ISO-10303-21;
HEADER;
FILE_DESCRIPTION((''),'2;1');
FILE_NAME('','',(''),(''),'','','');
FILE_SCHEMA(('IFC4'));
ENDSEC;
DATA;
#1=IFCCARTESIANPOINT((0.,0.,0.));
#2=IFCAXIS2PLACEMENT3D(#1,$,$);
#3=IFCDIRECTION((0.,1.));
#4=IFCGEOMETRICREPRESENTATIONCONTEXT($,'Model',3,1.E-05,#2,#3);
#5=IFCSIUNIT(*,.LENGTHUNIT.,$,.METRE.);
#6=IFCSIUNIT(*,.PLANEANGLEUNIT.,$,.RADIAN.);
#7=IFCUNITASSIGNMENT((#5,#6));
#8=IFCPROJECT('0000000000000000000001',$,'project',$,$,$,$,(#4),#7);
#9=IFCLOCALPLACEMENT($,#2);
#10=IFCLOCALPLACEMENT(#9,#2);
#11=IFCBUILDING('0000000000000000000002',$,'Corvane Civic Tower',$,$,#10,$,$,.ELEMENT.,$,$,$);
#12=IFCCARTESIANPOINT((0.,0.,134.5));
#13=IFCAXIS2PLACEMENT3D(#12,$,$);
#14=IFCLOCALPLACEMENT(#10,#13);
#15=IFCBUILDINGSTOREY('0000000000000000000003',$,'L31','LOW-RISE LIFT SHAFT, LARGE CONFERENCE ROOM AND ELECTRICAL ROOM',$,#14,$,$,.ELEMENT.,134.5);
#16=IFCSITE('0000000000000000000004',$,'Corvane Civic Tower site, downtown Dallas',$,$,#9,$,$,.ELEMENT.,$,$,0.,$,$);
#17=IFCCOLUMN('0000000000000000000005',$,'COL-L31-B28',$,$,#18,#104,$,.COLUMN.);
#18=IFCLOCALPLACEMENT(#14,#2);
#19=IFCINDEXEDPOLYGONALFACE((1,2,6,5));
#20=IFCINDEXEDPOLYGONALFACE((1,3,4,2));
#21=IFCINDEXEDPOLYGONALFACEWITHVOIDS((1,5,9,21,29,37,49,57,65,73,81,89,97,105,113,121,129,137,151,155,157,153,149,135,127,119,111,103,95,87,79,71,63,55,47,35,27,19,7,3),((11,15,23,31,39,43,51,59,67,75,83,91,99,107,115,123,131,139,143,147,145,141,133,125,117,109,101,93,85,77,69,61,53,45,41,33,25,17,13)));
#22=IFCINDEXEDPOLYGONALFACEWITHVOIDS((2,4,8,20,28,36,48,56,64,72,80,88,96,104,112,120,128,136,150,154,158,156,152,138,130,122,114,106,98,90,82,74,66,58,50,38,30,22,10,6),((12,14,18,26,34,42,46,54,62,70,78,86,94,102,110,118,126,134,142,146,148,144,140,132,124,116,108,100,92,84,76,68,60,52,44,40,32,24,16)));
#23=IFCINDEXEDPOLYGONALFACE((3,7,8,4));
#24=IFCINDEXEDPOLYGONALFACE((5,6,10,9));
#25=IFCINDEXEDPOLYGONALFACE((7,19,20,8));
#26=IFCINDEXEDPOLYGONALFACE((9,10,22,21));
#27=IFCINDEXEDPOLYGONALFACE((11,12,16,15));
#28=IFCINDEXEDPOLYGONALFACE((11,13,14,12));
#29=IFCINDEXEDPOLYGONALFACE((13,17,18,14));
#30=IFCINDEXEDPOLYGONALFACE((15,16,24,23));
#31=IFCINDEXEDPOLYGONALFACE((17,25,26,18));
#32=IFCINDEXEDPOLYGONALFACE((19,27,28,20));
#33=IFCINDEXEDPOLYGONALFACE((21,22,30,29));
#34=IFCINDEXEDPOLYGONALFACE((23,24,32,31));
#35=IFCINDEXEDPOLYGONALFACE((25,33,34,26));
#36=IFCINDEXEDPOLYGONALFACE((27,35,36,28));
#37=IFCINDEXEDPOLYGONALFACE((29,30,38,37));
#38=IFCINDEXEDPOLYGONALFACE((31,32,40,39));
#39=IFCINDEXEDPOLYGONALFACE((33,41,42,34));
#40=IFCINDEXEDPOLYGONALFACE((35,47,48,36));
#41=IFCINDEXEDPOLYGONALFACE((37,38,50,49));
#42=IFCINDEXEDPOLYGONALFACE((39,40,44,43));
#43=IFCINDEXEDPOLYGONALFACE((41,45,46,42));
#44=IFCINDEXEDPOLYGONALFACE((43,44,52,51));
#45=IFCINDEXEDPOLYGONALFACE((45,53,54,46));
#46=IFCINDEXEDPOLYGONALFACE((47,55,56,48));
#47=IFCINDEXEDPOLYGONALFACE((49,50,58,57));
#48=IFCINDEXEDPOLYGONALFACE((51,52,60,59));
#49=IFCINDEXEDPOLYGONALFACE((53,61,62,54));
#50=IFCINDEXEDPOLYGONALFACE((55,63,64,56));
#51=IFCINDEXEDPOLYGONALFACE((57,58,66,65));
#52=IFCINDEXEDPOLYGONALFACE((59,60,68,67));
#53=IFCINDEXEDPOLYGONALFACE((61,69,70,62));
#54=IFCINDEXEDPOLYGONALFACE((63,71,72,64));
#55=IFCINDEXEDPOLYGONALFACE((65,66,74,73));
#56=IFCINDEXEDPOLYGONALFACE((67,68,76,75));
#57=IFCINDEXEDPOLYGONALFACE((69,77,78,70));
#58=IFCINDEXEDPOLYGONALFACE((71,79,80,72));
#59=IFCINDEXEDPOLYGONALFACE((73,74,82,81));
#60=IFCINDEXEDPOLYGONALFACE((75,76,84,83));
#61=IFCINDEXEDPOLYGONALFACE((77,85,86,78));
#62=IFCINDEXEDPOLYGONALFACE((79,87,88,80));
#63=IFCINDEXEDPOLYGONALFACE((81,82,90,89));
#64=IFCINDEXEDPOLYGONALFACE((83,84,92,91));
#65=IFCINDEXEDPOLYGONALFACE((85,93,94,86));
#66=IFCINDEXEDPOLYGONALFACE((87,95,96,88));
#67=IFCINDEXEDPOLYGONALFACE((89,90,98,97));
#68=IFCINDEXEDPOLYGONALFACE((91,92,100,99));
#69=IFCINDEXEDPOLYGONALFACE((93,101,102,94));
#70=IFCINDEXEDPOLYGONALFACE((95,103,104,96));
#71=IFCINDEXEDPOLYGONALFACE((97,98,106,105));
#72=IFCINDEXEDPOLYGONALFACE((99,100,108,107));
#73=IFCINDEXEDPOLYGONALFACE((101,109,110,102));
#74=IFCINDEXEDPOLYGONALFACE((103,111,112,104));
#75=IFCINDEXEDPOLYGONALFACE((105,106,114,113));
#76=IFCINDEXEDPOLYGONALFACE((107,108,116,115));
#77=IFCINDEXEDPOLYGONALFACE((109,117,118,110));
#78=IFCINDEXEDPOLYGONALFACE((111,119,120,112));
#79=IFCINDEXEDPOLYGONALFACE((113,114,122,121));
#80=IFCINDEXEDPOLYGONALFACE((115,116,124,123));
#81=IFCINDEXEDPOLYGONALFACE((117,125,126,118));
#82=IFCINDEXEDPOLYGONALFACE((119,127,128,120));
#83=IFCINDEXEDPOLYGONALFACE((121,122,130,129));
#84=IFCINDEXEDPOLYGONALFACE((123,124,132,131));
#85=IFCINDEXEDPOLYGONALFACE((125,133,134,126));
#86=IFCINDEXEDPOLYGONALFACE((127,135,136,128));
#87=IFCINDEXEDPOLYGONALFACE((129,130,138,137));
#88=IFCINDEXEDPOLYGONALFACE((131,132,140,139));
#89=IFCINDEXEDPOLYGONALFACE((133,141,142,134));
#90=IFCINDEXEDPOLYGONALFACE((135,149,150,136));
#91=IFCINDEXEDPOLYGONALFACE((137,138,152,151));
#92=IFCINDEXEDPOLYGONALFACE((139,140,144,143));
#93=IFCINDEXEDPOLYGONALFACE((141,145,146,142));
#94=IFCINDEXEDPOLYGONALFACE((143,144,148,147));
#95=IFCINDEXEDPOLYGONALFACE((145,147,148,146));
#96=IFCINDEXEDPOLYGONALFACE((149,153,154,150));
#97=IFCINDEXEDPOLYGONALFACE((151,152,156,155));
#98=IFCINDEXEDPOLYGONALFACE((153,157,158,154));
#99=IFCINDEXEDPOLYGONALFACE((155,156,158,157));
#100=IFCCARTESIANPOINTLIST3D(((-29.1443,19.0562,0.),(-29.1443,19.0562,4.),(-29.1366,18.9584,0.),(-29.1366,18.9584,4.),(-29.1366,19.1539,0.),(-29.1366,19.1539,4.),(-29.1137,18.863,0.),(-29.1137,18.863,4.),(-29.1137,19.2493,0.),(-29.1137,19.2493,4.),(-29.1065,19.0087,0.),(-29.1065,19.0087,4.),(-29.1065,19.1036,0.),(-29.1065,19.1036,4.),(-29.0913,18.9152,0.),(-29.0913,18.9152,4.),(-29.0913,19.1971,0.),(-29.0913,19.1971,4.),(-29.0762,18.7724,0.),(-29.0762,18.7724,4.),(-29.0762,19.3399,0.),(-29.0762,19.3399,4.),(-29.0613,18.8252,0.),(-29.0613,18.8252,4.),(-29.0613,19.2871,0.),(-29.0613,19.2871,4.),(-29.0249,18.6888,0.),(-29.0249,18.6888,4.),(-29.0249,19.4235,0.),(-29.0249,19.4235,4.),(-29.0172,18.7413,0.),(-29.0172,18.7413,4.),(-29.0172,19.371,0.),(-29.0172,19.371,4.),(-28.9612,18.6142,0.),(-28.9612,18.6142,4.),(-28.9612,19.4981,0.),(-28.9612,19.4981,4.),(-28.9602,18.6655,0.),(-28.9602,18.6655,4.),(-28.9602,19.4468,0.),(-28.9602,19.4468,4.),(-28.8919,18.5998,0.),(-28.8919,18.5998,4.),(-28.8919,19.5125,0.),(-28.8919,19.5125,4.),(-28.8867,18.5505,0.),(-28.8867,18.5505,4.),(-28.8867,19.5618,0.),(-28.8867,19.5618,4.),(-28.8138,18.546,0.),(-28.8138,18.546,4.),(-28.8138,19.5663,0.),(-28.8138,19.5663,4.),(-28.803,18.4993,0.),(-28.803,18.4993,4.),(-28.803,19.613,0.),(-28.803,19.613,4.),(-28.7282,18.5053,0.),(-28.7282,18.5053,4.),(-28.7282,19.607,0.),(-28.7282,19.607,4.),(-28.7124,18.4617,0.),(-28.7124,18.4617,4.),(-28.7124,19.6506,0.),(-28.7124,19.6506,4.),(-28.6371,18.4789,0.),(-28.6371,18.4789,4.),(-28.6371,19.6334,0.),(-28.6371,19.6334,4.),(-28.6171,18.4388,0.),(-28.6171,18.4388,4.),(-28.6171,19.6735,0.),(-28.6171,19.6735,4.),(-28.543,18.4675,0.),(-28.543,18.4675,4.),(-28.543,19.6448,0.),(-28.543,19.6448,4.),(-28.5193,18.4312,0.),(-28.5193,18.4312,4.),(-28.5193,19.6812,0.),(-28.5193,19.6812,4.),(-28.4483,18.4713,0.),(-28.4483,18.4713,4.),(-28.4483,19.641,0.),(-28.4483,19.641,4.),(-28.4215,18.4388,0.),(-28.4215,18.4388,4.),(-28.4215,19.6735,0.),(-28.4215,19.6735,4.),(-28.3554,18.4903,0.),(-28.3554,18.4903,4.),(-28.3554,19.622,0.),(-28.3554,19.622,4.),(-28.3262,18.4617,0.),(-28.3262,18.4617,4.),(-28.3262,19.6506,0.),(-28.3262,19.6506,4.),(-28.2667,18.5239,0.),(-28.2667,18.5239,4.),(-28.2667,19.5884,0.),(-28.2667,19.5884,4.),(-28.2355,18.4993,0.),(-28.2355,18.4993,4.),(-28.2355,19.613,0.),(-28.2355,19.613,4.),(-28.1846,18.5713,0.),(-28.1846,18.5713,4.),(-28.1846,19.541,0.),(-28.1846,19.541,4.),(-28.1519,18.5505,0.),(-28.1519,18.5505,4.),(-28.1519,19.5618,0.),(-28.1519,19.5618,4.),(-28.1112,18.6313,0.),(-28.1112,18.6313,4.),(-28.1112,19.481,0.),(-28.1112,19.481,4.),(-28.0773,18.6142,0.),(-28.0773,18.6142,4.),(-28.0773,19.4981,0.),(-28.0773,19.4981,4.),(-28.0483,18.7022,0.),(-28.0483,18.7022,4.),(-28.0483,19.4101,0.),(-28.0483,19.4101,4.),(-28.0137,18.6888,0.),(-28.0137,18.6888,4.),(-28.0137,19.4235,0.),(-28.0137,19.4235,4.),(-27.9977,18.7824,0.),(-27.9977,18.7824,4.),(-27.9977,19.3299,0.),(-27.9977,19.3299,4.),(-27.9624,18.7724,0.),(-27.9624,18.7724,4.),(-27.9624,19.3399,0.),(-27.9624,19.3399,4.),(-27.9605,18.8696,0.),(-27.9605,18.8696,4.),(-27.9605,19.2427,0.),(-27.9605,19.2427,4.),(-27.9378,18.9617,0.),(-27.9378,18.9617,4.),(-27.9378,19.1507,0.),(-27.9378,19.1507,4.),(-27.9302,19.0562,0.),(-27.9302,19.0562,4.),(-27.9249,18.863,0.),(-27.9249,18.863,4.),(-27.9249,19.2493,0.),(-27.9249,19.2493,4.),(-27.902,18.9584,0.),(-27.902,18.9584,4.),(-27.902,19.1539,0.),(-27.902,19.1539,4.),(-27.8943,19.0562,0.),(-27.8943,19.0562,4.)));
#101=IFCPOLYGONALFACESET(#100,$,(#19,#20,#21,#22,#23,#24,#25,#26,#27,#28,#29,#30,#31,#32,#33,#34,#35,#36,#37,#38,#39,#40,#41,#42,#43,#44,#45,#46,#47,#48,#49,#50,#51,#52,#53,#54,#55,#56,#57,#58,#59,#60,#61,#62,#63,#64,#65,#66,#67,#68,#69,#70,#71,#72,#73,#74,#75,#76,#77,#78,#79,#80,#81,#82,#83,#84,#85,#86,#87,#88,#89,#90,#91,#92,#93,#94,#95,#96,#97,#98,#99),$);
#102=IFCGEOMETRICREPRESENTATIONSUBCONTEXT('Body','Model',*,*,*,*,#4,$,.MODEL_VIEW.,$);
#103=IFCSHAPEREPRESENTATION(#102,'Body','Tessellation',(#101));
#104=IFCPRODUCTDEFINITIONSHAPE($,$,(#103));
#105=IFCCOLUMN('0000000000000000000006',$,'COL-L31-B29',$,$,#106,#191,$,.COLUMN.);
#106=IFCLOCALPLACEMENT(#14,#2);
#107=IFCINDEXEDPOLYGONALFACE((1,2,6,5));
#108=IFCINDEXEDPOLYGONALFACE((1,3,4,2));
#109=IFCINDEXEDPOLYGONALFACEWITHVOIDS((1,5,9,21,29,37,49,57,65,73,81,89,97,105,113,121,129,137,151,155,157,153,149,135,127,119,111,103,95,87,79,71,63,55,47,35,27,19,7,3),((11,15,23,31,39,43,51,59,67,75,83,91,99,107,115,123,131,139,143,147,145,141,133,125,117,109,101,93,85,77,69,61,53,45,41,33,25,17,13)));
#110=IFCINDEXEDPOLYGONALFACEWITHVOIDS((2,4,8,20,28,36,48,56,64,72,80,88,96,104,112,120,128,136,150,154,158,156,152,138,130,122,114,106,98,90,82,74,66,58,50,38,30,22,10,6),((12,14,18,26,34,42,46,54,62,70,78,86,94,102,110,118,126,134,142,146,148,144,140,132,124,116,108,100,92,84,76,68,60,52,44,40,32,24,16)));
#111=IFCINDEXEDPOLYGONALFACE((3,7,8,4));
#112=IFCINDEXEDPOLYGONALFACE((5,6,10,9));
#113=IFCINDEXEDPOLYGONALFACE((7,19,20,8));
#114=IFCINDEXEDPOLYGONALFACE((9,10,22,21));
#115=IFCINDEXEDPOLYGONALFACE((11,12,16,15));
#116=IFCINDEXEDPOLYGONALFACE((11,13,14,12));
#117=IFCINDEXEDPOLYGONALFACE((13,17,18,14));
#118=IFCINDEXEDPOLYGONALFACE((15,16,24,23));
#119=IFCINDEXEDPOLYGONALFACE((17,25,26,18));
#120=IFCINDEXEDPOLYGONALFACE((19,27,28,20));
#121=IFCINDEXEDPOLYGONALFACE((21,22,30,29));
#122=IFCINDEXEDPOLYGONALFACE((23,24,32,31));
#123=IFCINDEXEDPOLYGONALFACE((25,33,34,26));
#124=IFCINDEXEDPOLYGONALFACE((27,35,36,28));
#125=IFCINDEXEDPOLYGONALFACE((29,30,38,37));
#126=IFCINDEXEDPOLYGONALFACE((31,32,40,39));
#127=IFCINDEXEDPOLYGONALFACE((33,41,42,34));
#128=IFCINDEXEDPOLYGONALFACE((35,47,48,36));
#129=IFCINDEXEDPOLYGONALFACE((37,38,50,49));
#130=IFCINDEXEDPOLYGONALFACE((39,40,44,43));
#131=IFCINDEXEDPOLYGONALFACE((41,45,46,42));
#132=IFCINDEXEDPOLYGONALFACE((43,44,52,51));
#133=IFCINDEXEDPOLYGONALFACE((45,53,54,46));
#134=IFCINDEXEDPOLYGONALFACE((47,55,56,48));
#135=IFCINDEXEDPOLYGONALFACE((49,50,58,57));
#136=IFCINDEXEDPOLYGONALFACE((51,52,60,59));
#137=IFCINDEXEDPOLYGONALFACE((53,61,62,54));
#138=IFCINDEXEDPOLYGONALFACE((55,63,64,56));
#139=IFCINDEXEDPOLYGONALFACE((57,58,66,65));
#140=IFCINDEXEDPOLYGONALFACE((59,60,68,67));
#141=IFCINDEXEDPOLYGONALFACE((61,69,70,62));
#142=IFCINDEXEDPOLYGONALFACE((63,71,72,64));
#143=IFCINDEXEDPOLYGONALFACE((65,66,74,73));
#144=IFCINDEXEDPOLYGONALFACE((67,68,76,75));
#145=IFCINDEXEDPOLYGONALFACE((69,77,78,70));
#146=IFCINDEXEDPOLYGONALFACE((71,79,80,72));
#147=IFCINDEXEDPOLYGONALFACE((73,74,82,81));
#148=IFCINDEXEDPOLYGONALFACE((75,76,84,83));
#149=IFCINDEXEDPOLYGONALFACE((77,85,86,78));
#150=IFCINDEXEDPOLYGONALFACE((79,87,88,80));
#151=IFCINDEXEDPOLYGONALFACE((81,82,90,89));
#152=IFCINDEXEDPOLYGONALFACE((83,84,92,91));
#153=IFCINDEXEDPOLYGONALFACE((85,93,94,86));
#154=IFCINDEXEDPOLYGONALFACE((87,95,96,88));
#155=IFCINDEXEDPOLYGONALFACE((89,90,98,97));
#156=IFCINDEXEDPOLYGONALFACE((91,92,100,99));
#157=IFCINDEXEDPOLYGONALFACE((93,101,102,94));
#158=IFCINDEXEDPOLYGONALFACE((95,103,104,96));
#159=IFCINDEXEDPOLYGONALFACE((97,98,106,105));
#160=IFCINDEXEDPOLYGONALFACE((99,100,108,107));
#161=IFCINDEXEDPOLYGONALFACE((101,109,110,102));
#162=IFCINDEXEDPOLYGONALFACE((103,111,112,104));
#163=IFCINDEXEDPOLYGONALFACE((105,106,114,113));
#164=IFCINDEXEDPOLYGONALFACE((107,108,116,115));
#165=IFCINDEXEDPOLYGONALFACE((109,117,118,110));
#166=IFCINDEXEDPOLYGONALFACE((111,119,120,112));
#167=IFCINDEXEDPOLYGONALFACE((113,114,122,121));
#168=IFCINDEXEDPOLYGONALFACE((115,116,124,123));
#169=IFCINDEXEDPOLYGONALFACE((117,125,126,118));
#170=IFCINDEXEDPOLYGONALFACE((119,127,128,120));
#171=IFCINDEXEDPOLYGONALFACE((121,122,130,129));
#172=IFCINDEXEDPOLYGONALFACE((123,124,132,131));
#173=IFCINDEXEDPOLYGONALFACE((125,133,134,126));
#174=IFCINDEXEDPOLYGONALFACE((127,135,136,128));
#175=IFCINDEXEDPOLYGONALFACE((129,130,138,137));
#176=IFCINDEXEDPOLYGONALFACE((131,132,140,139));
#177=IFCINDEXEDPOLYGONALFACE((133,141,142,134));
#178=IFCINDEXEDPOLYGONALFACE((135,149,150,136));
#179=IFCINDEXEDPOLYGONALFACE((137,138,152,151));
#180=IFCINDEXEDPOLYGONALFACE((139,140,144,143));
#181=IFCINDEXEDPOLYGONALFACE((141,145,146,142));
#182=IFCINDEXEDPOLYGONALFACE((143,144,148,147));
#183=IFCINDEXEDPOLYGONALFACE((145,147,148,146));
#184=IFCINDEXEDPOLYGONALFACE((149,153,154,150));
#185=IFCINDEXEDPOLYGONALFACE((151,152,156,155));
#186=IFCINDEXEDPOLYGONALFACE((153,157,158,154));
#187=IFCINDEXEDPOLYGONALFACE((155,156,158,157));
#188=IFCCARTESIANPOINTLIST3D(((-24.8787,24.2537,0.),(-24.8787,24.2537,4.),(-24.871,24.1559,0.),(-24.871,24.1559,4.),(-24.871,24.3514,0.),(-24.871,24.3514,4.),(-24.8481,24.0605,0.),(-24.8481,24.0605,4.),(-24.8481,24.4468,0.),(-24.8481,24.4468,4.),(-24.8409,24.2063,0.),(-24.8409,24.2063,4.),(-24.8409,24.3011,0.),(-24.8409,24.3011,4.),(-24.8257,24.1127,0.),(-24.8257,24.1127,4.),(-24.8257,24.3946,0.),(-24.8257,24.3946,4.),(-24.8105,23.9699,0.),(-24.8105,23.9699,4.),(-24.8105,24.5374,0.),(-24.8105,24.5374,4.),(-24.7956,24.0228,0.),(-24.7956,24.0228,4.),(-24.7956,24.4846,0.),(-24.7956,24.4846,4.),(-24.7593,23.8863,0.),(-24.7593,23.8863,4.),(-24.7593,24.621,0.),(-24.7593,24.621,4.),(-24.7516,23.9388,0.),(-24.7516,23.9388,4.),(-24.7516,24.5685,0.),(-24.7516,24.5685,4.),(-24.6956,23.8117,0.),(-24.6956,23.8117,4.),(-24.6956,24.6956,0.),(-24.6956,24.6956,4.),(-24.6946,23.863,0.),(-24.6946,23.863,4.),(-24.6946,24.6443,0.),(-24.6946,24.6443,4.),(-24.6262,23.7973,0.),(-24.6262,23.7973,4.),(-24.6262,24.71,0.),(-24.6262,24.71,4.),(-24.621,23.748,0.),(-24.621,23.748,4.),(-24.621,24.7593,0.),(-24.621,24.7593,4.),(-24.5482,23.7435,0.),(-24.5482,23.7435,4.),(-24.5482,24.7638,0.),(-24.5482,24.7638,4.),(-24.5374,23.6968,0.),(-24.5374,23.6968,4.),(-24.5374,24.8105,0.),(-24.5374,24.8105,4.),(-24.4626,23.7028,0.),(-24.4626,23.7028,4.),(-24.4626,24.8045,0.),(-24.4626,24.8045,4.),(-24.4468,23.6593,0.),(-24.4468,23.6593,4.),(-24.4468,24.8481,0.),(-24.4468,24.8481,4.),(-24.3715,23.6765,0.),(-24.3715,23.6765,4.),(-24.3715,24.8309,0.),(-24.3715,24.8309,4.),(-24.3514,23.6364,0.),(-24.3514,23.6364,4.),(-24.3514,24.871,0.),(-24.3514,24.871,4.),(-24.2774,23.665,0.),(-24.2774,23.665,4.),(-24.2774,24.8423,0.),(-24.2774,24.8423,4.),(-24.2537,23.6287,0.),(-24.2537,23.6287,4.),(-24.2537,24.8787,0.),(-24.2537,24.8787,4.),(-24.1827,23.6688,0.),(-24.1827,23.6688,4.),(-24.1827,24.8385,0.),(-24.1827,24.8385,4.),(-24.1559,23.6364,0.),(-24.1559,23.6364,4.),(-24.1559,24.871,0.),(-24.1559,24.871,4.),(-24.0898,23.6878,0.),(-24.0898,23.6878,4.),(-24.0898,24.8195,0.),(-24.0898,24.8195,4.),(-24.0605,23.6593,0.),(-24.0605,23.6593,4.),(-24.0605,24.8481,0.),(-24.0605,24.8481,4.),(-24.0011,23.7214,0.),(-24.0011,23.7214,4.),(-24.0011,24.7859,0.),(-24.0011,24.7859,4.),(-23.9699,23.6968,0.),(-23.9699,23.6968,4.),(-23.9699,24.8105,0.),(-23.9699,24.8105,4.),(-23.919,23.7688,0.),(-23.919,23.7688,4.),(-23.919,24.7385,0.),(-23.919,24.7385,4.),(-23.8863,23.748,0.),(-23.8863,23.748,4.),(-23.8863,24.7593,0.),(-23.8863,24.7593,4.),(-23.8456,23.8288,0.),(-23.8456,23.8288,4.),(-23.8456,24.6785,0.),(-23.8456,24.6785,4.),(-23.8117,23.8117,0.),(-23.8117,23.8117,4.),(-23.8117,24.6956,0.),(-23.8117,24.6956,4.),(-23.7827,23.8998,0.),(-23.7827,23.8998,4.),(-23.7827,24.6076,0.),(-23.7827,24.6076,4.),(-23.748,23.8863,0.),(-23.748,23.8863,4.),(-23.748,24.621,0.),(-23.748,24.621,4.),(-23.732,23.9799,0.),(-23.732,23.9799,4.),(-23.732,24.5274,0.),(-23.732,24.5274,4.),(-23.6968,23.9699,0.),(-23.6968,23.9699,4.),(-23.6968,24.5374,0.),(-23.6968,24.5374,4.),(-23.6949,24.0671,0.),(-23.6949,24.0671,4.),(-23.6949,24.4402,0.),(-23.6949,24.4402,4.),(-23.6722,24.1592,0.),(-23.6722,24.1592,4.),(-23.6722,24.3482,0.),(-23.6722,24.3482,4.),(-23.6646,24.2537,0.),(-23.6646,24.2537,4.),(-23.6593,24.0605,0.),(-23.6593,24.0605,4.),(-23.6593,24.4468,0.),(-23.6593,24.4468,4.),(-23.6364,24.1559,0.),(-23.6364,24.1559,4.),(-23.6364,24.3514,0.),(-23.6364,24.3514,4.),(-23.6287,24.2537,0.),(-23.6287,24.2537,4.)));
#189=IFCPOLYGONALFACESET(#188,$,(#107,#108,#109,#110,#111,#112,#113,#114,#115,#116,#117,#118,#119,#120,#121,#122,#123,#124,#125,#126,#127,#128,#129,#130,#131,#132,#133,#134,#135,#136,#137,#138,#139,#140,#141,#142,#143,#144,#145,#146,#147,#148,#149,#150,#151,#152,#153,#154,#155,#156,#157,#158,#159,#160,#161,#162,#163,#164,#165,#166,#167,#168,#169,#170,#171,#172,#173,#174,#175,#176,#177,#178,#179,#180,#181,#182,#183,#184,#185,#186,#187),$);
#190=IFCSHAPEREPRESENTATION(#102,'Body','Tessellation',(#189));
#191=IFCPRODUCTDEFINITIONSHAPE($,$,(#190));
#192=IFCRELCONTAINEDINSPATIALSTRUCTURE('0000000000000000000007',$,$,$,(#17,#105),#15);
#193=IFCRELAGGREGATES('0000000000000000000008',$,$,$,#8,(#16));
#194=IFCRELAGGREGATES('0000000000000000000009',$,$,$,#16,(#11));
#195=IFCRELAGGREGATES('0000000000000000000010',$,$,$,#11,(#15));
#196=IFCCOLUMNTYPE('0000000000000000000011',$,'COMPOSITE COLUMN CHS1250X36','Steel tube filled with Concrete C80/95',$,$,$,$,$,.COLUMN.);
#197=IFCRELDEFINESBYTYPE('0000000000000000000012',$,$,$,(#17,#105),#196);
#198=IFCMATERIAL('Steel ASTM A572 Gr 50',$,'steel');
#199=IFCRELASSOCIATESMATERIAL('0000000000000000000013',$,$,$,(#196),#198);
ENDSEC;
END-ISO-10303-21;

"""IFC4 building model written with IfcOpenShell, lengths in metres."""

from ifc_helpers import new_model, si_unit, direction, frame, origin, origin_2d, place, context, subcontext, project, spatial, hollow_circle, extrude, material, material_profile, profile_set, type_object, element, save


model = new_model("IFC4")

# Units and contexts
model_context = context("Model", 3, precision=1e-05, world=origin(), true_north=direction((0.0, 1.0)))
body_context = subcontext(model_context, "Body", "Model", "MODEL_VIEW")
ifc_project = project(units=[si_unit("LENGTHUNIT", "METRE"), si_unit("PLANEANGLEUNIT", "RADIAN")], contexts=[model_context])

# Site, building, storey
site_placement = place(None, origin())
site = spatial("IfcSite", under=ifc_project, at=site_placement, Name="Corvane Civic Tower site, downtown Dallas", CompositionType="ELEMENT", RefElevation=0.0)
building_placement = place(site_placement, origin())
building = spatial("IfcBuilding", under=site, at=building_placement, Name="Corvane Civic Tower", CompositionType="ELEMENT")
storey_placement = place(building_placement, frame((0.0, 0.0, 134.5)))
storey = spatial("IfcBuildingStorey", under=building, at=storey_placement, Name="L31", Description="LOW-RISE LIFT SHAFT, LARGE CONFERENCE ROOM AND ELECTRICAL ROOM", CompositionType="ELEMENT", Elevation=134.5)

# Columns
ifc_material_1 = material(Name="Steel ASTM A572 Gr 50", Category="steel")
ifc_material_profile_1 = material_profile(ifc_material_1, hollow_circle(Radius=0.625, WallThickness=0.0359, at=origin_2d()), Name="CHS1250X36")
ifc_profile_set_1 = profile_set([ifc_material_profile_1], Name="Steel ASTM A572 Gr 50")
column_type = type_object("IfcColumnType", Name="COMPOSITE COLUMN CHS1250X36", Description="Steel tube filled with Concrete C80/95", PredefinedType="COLUMN", material=ifc_profile_set_1)
for number, where, z_axis, x_axis, name in (
    (1, (-28.5193, 19.0562, 0.0), (0.0, 0.0, 1.0), (1.0, 0.0, 0.0), "COL-L31-B28"),
    (2, (-24.2537, 24.2537, 0.0), (0.0, 0.0, 1.0), (1.0, 0.0, 0.0), "COL-L31-B29"),
):
    element("IfcColumn", number, at=place(storey_placement, frame(where, z_axis=z_axis, x_axis=x_axis)), inside=storey, type_object=column_type, Name=name, PredefinedType="COLUMN", context=body_context, shape_type="SweptSolid", body=[
        extrude(hollow_circle(Radius=0.625, WallThickness=0.0359, at=origin_2d()), origin(), (0.0, 0.0, 1.0), 4.0),
    ])

save(model, "model.ifc")
